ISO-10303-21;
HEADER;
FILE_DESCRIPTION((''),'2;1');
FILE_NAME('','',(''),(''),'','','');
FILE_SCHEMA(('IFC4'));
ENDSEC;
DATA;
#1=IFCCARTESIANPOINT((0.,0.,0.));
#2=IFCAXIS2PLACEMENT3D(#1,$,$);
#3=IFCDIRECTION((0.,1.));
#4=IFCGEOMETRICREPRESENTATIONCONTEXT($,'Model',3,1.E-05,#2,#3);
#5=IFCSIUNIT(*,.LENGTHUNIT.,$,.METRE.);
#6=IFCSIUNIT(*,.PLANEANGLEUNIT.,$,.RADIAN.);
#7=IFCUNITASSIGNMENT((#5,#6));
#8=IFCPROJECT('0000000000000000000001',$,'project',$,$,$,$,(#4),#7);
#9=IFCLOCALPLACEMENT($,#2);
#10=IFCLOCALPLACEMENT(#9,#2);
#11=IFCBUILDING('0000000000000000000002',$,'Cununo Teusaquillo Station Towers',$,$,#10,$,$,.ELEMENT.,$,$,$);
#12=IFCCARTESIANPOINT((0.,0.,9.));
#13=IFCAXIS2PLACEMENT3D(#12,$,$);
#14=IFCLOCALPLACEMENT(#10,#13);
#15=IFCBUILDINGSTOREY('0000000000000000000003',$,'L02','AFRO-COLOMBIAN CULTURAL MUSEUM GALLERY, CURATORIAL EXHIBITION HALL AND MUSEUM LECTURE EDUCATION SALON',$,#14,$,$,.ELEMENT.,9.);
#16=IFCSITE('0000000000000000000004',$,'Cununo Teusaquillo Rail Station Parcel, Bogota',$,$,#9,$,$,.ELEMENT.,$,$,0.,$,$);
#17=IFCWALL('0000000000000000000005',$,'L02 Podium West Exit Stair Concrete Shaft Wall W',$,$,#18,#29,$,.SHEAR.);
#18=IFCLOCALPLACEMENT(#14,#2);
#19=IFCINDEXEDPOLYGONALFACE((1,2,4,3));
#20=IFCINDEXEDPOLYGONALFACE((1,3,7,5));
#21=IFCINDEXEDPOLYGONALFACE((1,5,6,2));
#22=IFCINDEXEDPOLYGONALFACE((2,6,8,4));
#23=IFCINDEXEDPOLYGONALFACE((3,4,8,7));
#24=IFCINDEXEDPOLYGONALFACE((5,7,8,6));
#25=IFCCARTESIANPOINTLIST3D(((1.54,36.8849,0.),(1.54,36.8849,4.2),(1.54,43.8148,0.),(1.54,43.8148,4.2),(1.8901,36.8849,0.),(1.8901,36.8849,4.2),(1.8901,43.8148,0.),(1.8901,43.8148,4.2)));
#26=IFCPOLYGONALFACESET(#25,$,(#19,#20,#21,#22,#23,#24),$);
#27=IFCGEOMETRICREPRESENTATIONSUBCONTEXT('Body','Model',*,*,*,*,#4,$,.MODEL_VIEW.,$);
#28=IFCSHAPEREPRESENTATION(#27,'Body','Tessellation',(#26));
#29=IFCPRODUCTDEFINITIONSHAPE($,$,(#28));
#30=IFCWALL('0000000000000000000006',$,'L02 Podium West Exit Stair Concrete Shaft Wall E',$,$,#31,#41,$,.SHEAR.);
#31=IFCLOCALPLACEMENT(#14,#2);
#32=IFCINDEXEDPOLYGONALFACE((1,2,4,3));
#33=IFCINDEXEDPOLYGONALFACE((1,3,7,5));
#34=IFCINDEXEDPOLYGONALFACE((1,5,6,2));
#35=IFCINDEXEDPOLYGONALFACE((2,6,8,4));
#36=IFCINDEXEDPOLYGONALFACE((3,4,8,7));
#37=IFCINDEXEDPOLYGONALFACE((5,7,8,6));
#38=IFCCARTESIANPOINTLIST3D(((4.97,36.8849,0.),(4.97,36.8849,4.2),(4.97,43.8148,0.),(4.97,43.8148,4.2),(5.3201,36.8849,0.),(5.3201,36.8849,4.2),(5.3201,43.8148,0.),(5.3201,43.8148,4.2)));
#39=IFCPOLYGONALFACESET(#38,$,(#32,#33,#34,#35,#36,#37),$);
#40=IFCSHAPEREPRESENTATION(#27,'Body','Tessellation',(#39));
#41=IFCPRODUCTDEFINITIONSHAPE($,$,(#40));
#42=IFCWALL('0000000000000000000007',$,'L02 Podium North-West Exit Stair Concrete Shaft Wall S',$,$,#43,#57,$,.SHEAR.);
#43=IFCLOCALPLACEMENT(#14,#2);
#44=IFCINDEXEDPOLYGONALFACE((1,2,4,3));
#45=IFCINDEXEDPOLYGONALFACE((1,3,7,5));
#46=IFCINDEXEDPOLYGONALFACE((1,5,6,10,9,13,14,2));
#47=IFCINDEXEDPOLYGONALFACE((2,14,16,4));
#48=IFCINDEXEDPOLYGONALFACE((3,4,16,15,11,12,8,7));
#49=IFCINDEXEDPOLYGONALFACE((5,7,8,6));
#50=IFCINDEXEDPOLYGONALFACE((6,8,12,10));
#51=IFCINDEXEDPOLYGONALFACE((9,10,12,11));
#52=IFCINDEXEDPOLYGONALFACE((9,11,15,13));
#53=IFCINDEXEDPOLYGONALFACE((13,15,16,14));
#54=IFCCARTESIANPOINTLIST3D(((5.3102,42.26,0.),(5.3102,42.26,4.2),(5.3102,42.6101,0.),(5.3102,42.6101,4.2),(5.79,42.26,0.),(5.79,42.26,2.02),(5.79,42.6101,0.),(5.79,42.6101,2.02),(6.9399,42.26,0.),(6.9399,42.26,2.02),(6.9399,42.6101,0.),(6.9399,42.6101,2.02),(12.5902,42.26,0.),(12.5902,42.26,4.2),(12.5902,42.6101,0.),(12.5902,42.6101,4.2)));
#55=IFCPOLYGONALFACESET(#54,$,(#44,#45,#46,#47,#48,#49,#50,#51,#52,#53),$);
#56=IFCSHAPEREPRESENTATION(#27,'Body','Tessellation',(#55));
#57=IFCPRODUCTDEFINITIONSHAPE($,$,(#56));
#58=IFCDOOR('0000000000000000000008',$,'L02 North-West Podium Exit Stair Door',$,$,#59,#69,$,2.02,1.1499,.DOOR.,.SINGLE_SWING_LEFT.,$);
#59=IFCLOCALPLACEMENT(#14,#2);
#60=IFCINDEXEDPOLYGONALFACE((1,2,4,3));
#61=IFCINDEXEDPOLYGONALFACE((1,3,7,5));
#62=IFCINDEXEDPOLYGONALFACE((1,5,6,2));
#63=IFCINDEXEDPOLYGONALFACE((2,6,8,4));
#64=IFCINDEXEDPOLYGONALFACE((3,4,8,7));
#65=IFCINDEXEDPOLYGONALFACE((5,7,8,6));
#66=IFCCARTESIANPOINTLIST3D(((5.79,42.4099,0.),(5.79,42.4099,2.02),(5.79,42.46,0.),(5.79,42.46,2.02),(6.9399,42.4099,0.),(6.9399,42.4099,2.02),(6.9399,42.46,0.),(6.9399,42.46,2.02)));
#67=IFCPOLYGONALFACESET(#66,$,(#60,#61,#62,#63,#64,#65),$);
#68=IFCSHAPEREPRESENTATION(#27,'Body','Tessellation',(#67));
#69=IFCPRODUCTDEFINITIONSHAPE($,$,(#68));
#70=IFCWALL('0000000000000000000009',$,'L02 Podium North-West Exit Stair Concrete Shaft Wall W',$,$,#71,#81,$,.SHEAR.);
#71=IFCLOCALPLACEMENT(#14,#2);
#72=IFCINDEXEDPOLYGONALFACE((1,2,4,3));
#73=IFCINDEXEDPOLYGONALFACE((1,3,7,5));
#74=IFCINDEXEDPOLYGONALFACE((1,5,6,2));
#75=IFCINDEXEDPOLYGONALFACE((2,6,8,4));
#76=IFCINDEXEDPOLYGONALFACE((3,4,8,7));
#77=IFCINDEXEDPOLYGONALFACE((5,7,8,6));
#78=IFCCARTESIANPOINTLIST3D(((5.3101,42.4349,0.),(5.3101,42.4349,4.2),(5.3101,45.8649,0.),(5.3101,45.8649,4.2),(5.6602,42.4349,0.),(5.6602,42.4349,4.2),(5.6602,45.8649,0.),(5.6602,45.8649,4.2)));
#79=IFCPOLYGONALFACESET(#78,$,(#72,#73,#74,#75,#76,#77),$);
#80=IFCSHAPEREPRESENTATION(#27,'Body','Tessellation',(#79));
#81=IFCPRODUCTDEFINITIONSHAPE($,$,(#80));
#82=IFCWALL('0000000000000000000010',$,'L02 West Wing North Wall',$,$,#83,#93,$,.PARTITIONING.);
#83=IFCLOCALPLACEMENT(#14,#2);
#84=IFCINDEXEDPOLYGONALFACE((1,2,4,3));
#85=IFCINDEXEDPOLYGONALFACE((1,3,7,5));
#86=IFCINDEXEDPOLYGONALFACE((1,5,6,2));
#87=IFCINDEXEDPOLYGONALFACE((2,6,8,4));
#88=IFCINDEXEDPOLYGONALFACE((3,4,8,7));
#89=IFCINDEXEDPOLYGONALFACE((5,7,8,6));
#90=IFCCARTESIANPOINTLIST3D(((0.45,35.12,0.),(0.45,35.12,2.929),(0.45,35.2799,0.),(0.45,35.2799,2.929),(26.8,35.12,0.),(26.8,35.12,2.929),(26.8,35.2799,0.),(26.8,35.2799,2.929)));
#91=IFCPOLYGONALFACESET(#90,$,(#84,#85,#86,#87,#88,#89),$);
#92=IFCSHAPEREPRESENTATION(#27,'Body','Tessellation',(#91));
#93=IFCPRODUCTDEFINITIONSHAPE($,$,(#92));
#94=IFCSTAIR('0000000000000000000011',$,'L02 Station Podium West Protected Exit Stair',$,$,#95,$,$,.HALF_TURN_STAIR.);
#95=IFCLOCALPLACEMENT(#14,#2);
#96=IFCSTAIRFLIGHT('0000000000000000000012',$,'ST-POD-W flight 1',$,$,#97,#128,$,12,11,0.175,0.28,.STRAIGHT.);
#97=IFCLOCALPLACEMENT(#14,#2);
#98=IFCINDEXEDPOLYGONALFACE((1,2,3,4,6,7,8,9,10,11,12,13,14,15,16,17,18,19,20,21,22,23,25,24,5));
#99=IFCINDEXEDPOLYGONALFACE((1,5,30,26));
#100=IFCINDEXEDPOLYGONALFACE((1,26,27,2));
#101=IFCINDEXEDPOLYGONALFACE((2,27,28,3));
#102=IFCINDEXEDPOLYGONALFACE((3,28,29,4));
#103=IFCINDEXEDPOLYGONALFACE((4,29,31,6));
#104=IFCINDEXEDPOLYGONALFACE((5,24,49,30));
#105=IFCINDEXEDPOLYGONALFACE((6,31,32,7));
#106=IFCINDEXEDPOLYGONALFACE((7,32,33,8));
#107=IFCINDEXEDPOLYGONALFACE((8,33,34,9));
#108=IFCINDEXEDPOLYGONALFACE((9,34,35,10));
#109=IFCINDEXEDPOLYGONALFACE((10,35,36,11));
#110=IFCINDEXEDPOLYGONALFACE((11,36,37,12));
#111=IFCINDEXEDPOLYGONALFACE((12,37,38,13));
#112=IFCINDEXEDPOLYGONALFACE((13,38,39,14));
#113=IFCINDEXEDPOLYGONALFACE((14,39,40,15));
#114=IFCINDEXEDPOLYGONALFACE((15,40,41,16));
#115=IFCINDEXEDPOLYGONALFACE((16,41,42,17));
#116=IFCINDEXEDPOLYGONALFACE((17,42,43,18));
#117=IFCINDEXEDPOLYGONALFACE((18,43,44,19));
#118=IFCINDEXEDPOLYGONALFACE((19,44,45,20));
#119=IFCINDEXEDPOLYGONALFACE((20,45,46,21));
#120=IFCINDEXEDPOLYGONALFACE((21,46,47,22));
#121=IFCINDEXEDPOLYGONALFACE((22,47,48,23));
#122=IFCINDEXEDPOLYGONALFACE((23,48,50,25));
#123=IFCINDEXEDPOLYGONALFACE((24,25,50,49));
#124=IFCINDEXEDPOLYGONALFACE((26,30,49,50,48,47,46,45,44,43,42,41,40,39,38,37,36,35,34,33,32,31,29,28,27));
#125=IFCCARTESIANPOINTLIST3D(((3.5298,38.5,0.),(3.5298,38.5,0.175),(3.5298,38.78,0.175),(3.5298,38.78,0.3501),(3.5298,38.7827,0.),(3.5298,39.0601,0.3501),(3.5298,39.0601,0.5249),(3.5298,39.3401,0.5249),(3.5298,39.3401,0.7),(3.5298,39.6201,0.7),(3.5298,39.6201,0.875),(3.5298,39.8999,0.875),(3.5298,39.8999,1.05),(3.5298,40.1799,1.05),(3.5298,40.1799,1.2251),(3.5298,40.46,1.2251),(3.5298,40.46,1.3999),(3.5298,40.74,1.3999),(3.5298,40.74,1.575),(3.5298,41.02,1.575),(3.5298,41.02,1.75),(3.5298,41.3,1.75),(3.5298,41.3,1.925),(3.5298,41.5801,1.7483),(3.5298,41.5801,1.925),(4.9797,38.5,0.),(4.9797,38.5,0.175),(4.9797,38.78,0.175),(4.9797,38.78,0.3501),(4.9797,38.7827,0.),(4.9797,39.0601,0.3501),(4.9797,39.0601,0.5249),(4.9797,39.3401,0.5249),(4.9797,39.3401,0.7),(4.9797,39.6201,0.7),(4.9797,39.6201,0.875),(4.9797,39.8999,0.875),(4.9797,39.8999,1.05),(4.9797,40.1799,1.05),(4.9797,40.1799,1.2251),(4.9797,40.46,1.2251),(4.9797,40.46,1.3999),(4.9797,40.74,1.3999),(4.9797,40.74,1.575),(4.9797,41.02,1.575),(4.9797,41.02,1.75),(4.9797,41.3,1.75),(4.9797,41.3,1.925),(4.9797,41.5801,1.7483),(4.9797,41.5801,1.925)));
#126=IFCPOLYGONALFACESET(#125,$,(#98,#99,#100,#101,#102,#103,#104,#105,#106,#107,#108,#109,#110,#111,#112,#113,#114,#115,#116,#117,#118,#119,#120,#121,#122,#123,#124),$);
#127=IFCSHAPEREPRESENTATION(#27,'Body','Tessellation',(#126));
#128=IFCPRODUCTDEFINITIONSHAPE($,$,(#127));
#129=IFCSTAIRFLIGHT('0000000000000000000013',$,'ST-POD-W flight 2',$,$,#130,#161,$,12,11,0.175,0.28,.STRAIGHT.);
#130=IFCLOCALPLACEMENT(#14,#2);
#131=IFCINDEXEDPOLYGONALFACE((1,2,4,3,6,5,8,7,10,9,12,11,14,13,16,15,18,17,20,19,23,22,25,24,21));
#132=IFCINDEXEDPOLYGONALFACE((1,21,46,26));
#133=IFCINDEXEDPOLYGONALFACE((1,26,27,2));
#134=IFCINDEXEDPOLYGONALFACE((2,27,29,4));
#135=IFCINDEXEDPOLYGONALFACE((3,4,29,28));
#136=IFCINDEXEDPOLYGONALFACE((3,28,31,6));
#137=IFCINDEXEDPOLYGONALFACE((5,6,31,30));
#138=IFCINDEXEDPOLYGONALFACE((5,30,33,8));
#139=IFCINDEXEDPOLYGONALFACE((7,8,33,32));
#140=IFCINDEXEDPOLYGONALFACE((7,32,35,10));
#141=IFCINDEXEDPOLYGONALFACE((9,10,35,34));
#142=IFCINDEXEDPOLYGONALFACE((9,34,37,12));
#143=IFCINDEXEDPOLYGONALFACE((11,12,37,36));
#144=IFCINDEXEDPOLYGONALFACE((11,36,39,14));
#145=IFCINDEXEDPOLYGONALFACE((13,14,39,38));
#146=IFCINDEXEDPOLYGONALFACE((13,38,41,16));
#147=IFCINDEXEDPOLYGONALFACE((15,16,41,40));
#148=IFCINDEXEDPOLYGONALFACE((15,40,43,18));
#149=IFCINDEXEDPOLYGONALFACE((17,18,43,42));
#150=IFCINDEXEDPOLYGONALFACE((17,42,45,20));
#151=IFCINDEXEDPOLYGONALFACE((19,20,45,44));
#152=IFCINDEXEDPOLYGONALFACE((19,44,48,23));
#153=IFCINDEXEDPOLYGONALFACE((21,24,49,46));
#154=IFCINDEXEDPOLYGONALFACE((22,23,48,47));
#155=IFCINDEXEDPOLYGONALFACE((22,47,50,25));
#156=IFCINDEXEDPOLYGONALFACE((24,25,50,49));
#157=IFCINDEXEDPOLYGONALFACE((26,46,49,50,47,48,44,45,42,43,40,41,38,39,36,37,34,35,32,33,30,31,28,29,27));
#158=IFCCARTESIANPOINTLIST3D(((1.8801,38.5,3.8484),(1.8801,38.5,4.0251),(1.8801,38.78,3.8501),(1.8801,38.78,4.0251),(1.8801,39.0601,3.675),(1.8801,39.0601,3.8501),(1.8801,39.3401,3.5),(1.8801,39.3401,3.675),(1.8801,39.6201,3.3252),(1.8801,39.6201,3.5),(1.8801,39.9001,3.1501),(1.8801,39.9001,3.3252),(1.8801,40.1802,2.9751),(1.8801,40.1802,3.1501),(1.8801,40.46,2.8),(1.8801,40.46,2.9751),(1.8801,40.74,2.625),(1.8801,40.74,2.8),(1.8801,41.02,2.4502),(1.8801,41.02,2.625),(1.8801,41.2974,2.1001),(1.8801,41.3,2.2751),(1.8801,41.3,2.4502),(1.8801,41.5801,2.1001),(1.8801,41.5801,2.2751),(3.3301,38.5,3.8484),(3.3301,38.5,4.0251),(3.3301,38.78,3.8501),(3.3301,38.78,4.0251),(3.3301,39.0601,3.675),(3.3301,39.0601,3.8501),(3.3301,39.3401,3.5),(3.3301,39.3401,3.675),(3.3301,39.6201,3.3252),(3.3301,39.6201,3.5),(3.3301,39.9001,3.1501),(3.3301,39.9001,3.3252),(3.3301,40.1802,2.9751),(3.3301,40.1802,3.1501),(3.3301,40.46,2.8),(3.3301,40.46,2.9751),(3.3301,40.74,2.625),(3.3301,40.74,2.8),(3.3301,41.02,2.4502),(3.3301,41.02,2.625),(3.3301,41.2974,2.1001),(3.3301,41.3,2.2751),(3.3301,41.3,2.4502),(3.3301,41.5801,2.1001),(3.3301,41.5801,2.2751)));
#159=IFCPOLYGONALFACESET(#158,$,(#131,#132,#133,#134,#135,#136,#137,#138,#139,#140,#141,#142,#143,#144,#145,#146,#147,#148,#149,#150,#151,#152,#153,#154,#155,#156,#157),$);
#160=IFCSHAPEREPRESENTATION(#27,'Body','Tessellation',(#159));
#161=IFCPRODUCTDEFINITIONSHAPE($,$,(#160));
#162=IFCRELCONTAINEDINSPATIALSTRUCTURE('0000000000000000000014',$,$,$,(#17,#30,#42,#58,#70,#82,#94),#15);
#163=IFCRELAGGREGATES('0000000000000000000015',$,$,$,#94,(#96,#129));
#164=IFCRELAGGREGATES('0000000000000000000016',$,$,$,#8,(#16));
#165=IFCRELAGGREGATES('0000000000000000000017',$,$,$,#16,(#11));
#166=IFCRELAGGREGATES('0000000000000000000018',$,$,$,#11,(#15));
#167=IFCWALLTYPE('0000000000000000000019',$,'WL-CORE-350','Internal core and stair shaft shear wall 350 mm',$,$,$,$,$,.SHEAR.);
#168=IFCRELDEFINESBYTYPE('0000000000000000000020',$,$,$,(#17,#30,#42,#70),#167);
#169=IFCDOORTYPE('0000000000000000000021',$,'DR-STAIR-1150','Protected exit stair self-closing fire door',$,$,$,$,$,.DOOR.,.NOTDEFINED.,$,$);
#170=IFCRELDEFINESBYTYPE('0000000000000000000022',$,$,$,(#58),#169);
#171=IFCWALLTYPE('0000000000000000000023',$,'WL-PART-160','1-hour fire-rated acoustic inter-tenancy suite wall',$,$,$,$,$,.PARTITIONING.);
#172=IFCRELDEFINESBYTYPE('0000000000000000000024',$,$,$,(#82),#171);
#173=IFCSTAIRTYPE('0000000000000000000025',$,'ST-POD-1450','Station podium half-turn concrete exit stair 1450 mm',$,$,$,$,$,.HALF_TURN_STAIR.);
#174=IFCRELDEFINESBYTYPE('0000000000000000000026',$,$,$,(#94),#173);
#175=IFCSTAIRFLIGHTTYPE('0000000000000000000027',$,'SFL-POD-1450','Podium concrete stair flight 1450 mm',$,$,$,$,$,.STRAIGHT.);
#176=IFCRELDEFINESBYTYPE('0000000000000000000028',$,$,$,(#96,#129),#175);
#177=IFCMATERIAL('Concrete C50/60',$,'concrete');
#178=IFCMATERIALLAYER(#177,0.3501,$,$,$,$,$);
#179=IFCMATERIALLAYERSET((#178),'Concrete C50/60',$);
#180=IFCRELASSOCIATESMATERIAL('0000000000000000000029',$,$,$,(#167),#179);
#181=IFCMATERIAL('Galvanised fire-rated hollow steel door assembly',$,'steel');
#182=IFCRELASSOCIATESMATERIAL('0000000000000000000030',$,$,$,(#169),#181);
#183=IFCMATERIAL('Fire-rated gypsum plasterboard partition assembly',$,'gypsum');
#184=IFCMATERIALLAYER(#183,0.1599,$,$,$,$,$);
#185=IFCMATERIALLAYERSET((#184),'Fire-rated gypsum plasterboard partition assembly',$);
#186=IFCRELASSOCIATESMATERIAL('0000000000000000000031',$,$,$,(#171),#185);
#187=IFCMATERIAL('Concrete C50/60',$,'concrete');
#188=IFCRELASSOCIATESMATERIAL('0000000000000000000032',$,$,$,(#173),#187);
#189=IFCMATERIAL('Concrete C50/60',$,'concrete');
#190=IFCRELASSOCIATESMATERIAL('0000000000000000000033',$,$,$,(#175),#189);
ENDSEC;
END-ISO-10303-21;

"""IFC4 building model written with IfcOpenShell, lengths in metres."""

from ifc_helpers import new_model, si_unit, direction, frame, frame_2d, origin, place, context, subcontext, project, spatial, polyline, rectangle, outline, extrude, source, transform, mapped, material, layer, layer_set, type_object, element, fill, aggregate, save


model = new_model("IFC4")

# Units and contexts
model_context = context("Model", 3, precision=1e-05, world=origin(), true_north=direction((0.0, 1.0)))
body_context = subcontext(model_context, "Body", "Model", "MODEL_VIEW")
ifc_project = project(units=[si_unit("LENGTHUNIT", "METRE"), si_unit("PLANEANGLEUNIT", "RADIAN")], contexts=[model_context])

# Site, building, storey
site_placement = place(None, origin())
site = spatial("IfcSite", under=ifc_project, at=site_placement, Name="Cununo Teusaquillo Rail Station Parcel, Bogota", CompositionType="ELEMENT", RefElevation=0.0)
building_placement = place(site_placement, origin())
building = spatial("IfcBuilding", under=site, at=building_placement, Name="Cununo Teusaquillo Station Towers", CompositionType="ELEMENT")
storey_placement = place(building_placement, frame((0.0, 0.0, 9.0)))
storey = spatial("IfcBuildingStorey", under=building, at=storey_placement, Name="L02", Description="AFRO-COLOMBIAN CULTURAL MUSEUM GALLERY, CURATORIAL EXHIBITION HALL AND MUSEUM LECTURE EDUCATION SALON", CompositionType="ELEMENT", Elevation=9.0)

# Shared definitions
ifc_material_1 = material(Name="Concrete C50/60", Category="concrete")
ifc_layer_1 = layer(ifc_material_1, 0.3501)
ifc_layer_set_1 = layer_set([ifc_layer_1], Name="Concrete C50/60")
wall_type_1 = type_object("IfcWallType", Name="WL-CORE-350", Description="Internal core and stair shaft shear wall 350 mm", PredefinedType="SHEAR", material=ifc_layer_set_1)

# Walls
for number, where, z_axis, x_axis, name in (
    (1, (1.7151, 36.885, 0.0), (0.0, 0.0, 1.0), (0.0, 1.0, 0.0), "L02 Podium West Exit Stair Concrete Shaft Wall W"),
    (2, (5.145, 36.885, 0.0), (0.0, 0.0, 1.0), (0.0, 1.0, 0.0), "L02 Podium West Exit Stair Concrete Shaft Wall E"),
):
    element("IfcWall", number, at=place(storey_placement, frame(where, z_axis=z_axis, x_axis=x_axis)), inside=storey, type_object=wall_type_1, Name=name, PredefinedType="SHEAR", context=body_context, shape_type="SweptSolid", body=[
        extrude(rectangle(XDim=6.9299, YDim=0.3501, at=frame_2d((3.4648, 0.0))), origin(), (0.0, 0.0, 1.0), 4.2),
    ])

# Wall, opening, door
wall_1_placement = place(storey_placement, frame((5.3101, 42.4351, 0.0), z_axis=(0.0, 0.0, 1.0), x_axis=(1.0, 0.0, 0.0)))
wall_1 = element("IfcWall", 3, at=wall_1_placement, inside=storey, type_object=wall_type_1, Name="L02 Podium North-West Exit Stair Concrete Shaft Wall S", PredefinedType="SHEAR", context=body_context, shape_type="SweptSolid", body=[
    extrude(rectangle(XDim=7.28, YDim=0.3501, at=frame_2d((3.6401, 0.0))), origin(), (0.0, 0.0, 1.0), 4.2),
])
shared_shape_1 = source(origin(), body_context, "Body", "SweptSolid", [
    extrude(rectangle(XDim=1.1499, YDim=2.02, at=frame_2d((0.575, 1.01))), frame((0.0, 0.1851, 0.0), z_axis=(0.0, -1.0, 0.0), x_axis=(1.0, 0.0, 0.0)), (0.0, 0.0, 1.0), 0.3701),
])
opening_1_placement = place(wall_1_placement, frame((0.48, 0.0, 0.0)))
opening_1 = element("IfcOpeningElement", 4, at=opening_1_placement, cuts=wall_1, PredefinedType="OPENING", context=body_context, shape_type="MappedRepresentation", body=[
    mapped(shared_shape_1, transform((0.0, 0.0, 0.0), x_axis=(1.0, 0.0, 0.0), y_axis=(0.0, 1.0, 0.0), z_axis=(0.0, 0.0, 1.0), scale=1.0)),
])
ifc_material_2 = material(Name="Galvanised fire-rated hollow steel door assembly", Category="steel")
door_type_1 = type_object("IfcDoorType", Name="DR-STAIR-1150", Description="Protected exit stair self-closing fire door", OperationType="NOTDEFINED", PredefinedType="DOOR", material=ifc_material_2)
shared_shape_2 = source(origin(), body_context, "Body", "SweptSolid", [
    extrude(rectangle(XDim=1.1499, YDim=2.02, at=frame_2d((0.575, 1.01))), frame((0.0, 0.0249, 0.0), z_axis=(0.0, -1.0, 0.0), x_axis=(1.0, 0.0, 0.0)), (0.0, 0.0, 1.0), 0.05),
])
door_1_placement = place(opening_1_placement, origin())
door_1 = element("IfcDoor", 5, at=door_1_placement, inside=storey, type_object=door_type_1, Name="L02 North-West Podium Exit Stair Door", OperationType="SINGLE_SWING_LEFT", OverallHeight=2.02, OverallWidth=1.1499, PredefinedType="DOOR", context=body_context, shape_type="MappedRepresentation", body=[
    mapped(shared_shape_2, transform((0.0, 0.0, 0.0), x_axis=(1.0, 0.0, 0.0), y_axis=(0.0, 1.0, 0.0), z_axis=(0.0, 0.0, 1.0), scale=1.0)),
])
fill(opening_1, door_1)

# Walls
wall_2_placement = place(storey_placement, frame((5.4851, 42.4351, 0.0), z_axis=(0.0, 0.0, 1.0), x_axis=(0.0, 1.0, 0.0)))
element("IfcWall", 6, at=wall_2_placement, inside=storey, type_object=wall_type_1, Name="L02 Podium North-West Exit Stair Concrete Shaft Wall W", PredefinedType="SHEAR", context=body_context, shape_type="SweptSolid", body=[
    extrude(rectangle(XDim=3.4299, YDim=0.3501, at=frame_2d((1.7148, 0.0))), origin(), (0.0, 0.0, 1.0), 4.2),
])
ifc_material_3 = material(Name="Fire-rated gypsum plasterboard partition assembly", Category="gypsum")
ifc_layer_2 = layer(ifc_material_3, 0.1599)
ifc_layer_set_2 = layer_set([ifc_layer_2], Name="Fire-rated gypsum plasterboard partition assembly")
wall_type_2 = type_object("IfcWallType", Name="WL-PART-160", Description="1-hour fire-rated acoustic inter-tenancy suite wall", PredefinedType="PARTITIONING", material=ifc_layer_set_2)
wall_3_placement = place(storey_placement, frame((0.45, 35.2, 0.0), z_axis=(0.0, 0.0, 1.0), x_axis=(1.0, 0.0, 0.0)))
element("IfcWall", 7, at=wall_3_placement, inside=storey, type_object=wall_type_2, Name="L02 West Wing North Wall", PredefinedType="PARTITIONING", context=body_context, shape_type="SweptSolid", body=[
    extrude(rectangle(XDim=26.3501, YDim=0.1599, at=frame_2d((13.175, 0.0))), origin(), (0.0, 0.0, 1.0), 2.929),
])

# Stair, stair flights
ifc_material_4 = material(Name="Concrete C50/60", Category="concrete")
stair_type = type_object("IfcStairType", Name="ST-POD-1450", Description="Station podium half-turn concrete exit stair 1450 mm", PredefinedType="HALF_TURN_STAIR", material=ifc_material_4)
stair_1_placement = place(storey_placement, origin())
stair_1 = element("IfcStair", 8, at=stair_1_placement, inside=storey, type_object=stair_type, Name="L02 Station Podium West Protected Exit Stair", PredefinedType="HALF_TURN_STAIR")
ifc_material_5 = material(Name="Concrete C50/60", Category="concrete")
stair_flight_type = type_object("IfcStairFlightType", Name="SFL-POD-1450", Description="Podium concrete stair flight 1450 mm", PredefinedType="STRAIGHT", material=ifc_material_5)
stair_flight_1_placement = place(storey_placement, frame((4.2549, 38.5, 0.0), z_axis=(0.0, 0.0, 1.0), x_axis=(0.0, 1.0, 0.0)))
stair_flight_1 = element("IfcStairFlight", 9, at=stair_flight_1_placement, type_object=stair_flight_type, Name="ST-POD-W flight 1", NumberOfRisers=12, NumberOfTreads=11, PredefinedType="STRAIGHT", RiserHeight=0.175, TreadLength=0.28, context=body_context, shape_type="SweptSolid", body=[
    extrude(outline(polyline([(0.0, 0.0), (0.0, 0.175), (0.28, 0.175), (0.28, 0.3501), (0.5601, 0.3501), (0.5601, 0.5249), (0.8401, 0.5249), (0.8401, 0.7), (1.1201, 0.7), (1.1201, 0.875), (1.3999, 0.875), (1.3999, 1.05), (1.6799, 1.05), (1.6799, 1.2251), (1.96, 1.2251), (1.96, 1.3999), (2.24, 1.3999), (2.24, 1.575), (2.52, 1.575), (2.52, 1.75), (2.8, 1.75), (2.8, 1.925), (3.0801, 1.925), (3.0801, 2.1001), (3.0801, 1.7483), (0.2827, 0.0), (0.0, 0.0)])), frame((0.0, 0.7251, 0.0), z_axis=(0.0, -1.0, 0.0), x_axis=(1.0, 0.0, 0.0)), (0.0, 0.0, 1.0), 1.45),
])
stair_flight_2_placement = place(storey_placement, frame((2.605, 41.5801, 2.1001), z_axis=(0.0, 0.0, 1.0), x_axis=(0.0, -1.0, 0.0)))
stair_flight_2 = element("IfcStairFlight", 10, at=stair_flight_2_placement, type_object=stair_flight_type, Name="ST-POD-W flight 2", NumberOfRisers=12, NumberOfTreads=11, PredefinedType="STRAIGHT", RiserHeight=0.175, TreadLength=0.28, context=body_context, shape_type="SweptSolid", body=[
    extrude(outline(polyline([(0.0, 0.0), (0.0, 0.175), (0.28, 0.175), (0.28, 0.3501), (0.5601, 0.3501), (0.5601, 0.5249), (0.8401, 0.5249), (0.8401, 0.7), (1.1201, 0.7), (1.1201, 0.875), (1.3999, 0.875), (1.3999, 1.05), (1.6799, 1.05), (1.6799, 1.2251), (1.96, 1.2251), (1.96, 1.3999), (2.24, 1.3999), (2.24, 1.575), (2.52, 1.575), (2.52, 1.75), (2.8, 1.75), (2.8, 1.925), (3.0801, 1.925), (3.0801, 2.1001), (3.0801, 1.7483), (0.2827, 0.0), (0.0, 0.0)])), frame((0.0, 0.7251, 0.0), z_axis=(0.0, -1.0, 0.0), x_axis=(1.0, 0.0, 0.0)), (0.0, 0.0, 1.0), 1.45),
])
aggregate(stair_1, [stair_flight_1, stair_flight_2])

save(model, "model.ifc")
